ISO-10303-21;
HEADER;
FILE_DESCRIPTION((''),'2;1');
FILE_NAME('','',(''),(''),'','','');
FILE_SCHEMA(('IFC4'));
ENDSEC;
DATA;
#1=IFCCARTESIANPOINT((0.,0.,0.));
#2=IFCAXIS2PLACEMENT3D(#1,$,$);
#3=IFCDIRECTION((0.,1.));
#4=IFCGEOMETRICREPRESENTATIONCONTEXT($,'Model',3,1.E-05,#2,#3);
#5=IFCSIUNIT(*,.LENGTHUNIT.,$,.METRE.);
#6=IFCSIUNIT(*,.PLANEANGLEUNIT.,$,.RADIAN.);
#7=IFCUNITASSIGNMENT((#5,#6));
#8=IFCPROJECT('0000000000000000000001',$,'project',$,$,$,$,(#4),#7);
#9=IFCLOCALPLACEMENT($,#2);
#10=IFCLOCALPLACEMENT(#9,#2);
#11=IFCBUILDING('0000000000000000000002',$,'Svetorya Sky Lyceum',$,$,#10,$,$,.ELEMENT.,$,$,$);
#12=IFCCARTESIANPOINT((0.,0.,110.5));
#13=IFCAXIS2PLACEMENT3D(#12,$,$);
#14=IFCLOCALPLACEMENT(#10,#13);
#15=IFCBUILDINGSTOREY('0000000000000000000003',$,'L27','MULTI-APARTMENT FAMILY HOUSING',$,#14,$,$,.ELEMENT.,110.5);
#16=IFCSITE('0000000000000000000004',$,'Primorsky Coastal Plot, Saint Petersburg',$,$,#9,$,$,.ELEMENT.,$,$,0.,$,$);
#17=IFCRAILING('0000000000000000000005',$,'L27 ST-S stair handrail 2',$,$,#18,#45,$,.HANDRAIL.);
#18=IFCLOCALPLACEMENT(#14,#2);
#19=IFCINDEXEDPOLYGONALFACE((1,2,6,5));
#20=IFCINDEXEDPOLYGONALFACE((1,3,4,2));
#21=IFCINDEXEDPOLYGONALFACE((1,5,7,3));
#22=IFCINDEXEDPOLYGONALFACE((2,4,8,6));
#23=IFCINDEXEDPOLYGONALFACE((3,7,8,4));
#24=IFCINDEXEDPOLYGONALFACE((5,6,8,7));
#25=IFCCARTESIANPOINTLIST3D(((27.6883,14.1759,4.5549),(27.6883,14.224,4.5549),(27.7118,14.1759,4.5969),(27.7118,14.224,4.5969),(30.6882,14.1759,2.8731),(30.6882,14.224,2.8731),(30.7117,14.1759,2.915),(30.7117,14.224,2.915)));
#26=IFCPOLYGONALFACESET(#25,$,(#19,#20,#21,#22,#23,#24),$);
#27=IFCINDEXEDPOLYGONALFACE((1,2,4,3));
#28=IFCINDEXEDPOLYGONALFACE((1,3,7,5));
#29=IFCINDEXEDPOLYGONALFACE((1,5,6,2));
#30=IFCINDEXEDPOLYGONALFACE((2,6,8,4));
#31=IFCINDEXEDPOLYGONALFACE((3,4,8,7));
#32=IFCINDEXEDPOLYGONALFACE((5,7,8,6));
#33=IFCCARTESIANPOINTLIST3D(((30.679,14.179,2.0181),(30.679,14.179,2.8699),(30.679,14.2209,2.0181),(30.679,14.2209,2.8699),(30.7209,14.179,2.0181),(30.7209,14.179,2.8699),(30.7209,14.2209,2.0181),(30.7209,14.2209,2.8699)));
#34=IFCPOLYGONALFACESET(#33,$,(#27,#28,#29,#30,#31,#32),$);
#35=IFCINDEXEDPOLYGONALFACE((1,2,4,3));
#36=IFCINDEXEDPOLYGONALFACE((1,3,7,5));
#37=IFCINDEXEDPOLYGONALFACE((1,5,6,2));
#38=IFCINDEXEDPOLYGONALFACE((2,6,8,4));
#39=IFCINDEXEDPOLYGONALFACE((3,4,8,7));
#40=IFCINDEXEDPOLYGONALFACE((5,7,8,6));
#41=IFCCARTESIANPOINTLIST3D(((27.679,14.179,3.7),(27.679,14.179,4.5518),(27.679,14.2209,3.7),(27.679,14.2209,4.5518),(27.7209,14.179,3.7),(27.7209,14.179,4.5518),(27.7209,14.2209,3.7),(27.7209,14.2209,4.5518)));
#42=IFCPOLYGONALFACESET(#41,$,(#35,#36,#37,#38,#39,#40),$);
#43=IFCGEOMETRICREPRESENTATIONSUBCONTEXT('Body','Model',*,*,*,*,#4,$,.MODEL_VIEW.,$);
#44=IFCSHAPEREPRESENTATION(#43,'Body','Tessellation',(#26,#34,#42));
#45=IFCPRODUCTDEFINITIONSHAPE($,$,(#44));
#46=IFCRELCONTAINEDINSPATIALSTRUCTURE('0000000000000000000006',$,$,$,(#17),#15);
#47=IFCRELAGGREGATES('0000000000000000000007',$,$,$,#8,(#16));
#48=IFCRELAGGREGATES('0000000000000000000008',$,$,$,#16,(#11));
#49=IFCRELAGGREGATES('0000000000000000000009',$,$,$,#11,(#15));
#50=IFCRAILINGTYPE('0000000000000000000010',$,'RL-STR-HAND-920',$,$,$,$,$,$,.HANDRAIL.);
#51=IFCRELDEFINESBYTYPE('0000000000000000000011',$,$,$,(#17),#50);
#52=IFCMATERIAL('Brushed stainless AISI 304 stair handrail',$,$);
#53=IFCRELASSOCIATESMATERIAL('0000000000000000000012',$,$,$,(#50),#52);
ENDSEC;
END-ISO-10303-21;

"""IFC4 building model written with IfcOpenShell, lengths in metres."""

from ifc_helpers import new_model, si_unit, direction, frame, origin, origin_2d, place, context, subcontext, project, spatial, rectangle, extrude, material, type_object, element, save


model = new_model("IFC4")

# Units and contexts
model_context = context("Model", 3, precision=1e-05, world=origin(), true_north=direction((0.0, 1.0)))
body_context = subcontext(model_context, "Body", "Model", "MODEL_VIEW")
ifc_project = project(units=[si_unit("LENGTHUNIT", "METRE"), si_unit("PLANEANGLEUNIT", "RADIAN")], contexts=[model_context])

# Site, building, storey
site_placement = place(None, origin())
site = spatial("IfcSite", under=ifc_project, at=site_placement, Name="Primorsky Coastal Plot, Saint Petersburg", CompositionType="ELEMENT", RefElevation=0.0)
building_placement = place(site_placement, origin())
building = spatial("IfcBuilding", under=site, at=building_placement, Name="Svetorya Sky Lyceum", CompositionType="ELEMENT")
storey_placement = place(building_placement, frame((0.0, 0.0, 110.5)))
storey = spatial("IfcBuildingStorey", under=building, at=storey_placement, Name="L27", Description="MULTI-APARTMENT FAMILY HOUSING", CompositionType="ELEMENT", Elevation=110.5)

# Railing
ifc_material_1 = material(Name="Brushed stainless AISI 304 stair handrail")
railing_type_1 = type_object("IfcRailingType", Name="RL-STR-HAND-920", PredefinedType="HANDRAIL", material=ifc_material_1)
railing_1_placement = place(storey_placement, frame((30.7, 14.2, 2.0181)))
element("IfcRailing", 1, at=railing_1_placement, inside=storey, type_object=railing_type_1, Name="L27 ST-S stair handrail 2", PredefinedType="HANDRAIL", context=body_context, shape_type="SweptSolid", body=[
    extrude(rectangle(XDim=0.0481, YDim=0.0481, at=origin_2d()), frame((0.0, 0.0, 0.876), z_axis=(-0.872272, 0.0, 0.48902), x_axis=(0.0, -1.0, 0.0)), (0.0, 0.0, 1.0), 3.4392),
    extrude(rectangle(XDim=0.042, YDim=0.042, at=origin_2d()), origin(), (0.0, 0.0, 1.0), 0.8518),
    extrude(rectangle(XDim=0.042, YDim=0.042, at=origin_2d()), frame((-3.0, 0.0, 1.6819)), (0.0, 0.0, 1.0), 0.8518),
])

save(model, "model.ifc")
